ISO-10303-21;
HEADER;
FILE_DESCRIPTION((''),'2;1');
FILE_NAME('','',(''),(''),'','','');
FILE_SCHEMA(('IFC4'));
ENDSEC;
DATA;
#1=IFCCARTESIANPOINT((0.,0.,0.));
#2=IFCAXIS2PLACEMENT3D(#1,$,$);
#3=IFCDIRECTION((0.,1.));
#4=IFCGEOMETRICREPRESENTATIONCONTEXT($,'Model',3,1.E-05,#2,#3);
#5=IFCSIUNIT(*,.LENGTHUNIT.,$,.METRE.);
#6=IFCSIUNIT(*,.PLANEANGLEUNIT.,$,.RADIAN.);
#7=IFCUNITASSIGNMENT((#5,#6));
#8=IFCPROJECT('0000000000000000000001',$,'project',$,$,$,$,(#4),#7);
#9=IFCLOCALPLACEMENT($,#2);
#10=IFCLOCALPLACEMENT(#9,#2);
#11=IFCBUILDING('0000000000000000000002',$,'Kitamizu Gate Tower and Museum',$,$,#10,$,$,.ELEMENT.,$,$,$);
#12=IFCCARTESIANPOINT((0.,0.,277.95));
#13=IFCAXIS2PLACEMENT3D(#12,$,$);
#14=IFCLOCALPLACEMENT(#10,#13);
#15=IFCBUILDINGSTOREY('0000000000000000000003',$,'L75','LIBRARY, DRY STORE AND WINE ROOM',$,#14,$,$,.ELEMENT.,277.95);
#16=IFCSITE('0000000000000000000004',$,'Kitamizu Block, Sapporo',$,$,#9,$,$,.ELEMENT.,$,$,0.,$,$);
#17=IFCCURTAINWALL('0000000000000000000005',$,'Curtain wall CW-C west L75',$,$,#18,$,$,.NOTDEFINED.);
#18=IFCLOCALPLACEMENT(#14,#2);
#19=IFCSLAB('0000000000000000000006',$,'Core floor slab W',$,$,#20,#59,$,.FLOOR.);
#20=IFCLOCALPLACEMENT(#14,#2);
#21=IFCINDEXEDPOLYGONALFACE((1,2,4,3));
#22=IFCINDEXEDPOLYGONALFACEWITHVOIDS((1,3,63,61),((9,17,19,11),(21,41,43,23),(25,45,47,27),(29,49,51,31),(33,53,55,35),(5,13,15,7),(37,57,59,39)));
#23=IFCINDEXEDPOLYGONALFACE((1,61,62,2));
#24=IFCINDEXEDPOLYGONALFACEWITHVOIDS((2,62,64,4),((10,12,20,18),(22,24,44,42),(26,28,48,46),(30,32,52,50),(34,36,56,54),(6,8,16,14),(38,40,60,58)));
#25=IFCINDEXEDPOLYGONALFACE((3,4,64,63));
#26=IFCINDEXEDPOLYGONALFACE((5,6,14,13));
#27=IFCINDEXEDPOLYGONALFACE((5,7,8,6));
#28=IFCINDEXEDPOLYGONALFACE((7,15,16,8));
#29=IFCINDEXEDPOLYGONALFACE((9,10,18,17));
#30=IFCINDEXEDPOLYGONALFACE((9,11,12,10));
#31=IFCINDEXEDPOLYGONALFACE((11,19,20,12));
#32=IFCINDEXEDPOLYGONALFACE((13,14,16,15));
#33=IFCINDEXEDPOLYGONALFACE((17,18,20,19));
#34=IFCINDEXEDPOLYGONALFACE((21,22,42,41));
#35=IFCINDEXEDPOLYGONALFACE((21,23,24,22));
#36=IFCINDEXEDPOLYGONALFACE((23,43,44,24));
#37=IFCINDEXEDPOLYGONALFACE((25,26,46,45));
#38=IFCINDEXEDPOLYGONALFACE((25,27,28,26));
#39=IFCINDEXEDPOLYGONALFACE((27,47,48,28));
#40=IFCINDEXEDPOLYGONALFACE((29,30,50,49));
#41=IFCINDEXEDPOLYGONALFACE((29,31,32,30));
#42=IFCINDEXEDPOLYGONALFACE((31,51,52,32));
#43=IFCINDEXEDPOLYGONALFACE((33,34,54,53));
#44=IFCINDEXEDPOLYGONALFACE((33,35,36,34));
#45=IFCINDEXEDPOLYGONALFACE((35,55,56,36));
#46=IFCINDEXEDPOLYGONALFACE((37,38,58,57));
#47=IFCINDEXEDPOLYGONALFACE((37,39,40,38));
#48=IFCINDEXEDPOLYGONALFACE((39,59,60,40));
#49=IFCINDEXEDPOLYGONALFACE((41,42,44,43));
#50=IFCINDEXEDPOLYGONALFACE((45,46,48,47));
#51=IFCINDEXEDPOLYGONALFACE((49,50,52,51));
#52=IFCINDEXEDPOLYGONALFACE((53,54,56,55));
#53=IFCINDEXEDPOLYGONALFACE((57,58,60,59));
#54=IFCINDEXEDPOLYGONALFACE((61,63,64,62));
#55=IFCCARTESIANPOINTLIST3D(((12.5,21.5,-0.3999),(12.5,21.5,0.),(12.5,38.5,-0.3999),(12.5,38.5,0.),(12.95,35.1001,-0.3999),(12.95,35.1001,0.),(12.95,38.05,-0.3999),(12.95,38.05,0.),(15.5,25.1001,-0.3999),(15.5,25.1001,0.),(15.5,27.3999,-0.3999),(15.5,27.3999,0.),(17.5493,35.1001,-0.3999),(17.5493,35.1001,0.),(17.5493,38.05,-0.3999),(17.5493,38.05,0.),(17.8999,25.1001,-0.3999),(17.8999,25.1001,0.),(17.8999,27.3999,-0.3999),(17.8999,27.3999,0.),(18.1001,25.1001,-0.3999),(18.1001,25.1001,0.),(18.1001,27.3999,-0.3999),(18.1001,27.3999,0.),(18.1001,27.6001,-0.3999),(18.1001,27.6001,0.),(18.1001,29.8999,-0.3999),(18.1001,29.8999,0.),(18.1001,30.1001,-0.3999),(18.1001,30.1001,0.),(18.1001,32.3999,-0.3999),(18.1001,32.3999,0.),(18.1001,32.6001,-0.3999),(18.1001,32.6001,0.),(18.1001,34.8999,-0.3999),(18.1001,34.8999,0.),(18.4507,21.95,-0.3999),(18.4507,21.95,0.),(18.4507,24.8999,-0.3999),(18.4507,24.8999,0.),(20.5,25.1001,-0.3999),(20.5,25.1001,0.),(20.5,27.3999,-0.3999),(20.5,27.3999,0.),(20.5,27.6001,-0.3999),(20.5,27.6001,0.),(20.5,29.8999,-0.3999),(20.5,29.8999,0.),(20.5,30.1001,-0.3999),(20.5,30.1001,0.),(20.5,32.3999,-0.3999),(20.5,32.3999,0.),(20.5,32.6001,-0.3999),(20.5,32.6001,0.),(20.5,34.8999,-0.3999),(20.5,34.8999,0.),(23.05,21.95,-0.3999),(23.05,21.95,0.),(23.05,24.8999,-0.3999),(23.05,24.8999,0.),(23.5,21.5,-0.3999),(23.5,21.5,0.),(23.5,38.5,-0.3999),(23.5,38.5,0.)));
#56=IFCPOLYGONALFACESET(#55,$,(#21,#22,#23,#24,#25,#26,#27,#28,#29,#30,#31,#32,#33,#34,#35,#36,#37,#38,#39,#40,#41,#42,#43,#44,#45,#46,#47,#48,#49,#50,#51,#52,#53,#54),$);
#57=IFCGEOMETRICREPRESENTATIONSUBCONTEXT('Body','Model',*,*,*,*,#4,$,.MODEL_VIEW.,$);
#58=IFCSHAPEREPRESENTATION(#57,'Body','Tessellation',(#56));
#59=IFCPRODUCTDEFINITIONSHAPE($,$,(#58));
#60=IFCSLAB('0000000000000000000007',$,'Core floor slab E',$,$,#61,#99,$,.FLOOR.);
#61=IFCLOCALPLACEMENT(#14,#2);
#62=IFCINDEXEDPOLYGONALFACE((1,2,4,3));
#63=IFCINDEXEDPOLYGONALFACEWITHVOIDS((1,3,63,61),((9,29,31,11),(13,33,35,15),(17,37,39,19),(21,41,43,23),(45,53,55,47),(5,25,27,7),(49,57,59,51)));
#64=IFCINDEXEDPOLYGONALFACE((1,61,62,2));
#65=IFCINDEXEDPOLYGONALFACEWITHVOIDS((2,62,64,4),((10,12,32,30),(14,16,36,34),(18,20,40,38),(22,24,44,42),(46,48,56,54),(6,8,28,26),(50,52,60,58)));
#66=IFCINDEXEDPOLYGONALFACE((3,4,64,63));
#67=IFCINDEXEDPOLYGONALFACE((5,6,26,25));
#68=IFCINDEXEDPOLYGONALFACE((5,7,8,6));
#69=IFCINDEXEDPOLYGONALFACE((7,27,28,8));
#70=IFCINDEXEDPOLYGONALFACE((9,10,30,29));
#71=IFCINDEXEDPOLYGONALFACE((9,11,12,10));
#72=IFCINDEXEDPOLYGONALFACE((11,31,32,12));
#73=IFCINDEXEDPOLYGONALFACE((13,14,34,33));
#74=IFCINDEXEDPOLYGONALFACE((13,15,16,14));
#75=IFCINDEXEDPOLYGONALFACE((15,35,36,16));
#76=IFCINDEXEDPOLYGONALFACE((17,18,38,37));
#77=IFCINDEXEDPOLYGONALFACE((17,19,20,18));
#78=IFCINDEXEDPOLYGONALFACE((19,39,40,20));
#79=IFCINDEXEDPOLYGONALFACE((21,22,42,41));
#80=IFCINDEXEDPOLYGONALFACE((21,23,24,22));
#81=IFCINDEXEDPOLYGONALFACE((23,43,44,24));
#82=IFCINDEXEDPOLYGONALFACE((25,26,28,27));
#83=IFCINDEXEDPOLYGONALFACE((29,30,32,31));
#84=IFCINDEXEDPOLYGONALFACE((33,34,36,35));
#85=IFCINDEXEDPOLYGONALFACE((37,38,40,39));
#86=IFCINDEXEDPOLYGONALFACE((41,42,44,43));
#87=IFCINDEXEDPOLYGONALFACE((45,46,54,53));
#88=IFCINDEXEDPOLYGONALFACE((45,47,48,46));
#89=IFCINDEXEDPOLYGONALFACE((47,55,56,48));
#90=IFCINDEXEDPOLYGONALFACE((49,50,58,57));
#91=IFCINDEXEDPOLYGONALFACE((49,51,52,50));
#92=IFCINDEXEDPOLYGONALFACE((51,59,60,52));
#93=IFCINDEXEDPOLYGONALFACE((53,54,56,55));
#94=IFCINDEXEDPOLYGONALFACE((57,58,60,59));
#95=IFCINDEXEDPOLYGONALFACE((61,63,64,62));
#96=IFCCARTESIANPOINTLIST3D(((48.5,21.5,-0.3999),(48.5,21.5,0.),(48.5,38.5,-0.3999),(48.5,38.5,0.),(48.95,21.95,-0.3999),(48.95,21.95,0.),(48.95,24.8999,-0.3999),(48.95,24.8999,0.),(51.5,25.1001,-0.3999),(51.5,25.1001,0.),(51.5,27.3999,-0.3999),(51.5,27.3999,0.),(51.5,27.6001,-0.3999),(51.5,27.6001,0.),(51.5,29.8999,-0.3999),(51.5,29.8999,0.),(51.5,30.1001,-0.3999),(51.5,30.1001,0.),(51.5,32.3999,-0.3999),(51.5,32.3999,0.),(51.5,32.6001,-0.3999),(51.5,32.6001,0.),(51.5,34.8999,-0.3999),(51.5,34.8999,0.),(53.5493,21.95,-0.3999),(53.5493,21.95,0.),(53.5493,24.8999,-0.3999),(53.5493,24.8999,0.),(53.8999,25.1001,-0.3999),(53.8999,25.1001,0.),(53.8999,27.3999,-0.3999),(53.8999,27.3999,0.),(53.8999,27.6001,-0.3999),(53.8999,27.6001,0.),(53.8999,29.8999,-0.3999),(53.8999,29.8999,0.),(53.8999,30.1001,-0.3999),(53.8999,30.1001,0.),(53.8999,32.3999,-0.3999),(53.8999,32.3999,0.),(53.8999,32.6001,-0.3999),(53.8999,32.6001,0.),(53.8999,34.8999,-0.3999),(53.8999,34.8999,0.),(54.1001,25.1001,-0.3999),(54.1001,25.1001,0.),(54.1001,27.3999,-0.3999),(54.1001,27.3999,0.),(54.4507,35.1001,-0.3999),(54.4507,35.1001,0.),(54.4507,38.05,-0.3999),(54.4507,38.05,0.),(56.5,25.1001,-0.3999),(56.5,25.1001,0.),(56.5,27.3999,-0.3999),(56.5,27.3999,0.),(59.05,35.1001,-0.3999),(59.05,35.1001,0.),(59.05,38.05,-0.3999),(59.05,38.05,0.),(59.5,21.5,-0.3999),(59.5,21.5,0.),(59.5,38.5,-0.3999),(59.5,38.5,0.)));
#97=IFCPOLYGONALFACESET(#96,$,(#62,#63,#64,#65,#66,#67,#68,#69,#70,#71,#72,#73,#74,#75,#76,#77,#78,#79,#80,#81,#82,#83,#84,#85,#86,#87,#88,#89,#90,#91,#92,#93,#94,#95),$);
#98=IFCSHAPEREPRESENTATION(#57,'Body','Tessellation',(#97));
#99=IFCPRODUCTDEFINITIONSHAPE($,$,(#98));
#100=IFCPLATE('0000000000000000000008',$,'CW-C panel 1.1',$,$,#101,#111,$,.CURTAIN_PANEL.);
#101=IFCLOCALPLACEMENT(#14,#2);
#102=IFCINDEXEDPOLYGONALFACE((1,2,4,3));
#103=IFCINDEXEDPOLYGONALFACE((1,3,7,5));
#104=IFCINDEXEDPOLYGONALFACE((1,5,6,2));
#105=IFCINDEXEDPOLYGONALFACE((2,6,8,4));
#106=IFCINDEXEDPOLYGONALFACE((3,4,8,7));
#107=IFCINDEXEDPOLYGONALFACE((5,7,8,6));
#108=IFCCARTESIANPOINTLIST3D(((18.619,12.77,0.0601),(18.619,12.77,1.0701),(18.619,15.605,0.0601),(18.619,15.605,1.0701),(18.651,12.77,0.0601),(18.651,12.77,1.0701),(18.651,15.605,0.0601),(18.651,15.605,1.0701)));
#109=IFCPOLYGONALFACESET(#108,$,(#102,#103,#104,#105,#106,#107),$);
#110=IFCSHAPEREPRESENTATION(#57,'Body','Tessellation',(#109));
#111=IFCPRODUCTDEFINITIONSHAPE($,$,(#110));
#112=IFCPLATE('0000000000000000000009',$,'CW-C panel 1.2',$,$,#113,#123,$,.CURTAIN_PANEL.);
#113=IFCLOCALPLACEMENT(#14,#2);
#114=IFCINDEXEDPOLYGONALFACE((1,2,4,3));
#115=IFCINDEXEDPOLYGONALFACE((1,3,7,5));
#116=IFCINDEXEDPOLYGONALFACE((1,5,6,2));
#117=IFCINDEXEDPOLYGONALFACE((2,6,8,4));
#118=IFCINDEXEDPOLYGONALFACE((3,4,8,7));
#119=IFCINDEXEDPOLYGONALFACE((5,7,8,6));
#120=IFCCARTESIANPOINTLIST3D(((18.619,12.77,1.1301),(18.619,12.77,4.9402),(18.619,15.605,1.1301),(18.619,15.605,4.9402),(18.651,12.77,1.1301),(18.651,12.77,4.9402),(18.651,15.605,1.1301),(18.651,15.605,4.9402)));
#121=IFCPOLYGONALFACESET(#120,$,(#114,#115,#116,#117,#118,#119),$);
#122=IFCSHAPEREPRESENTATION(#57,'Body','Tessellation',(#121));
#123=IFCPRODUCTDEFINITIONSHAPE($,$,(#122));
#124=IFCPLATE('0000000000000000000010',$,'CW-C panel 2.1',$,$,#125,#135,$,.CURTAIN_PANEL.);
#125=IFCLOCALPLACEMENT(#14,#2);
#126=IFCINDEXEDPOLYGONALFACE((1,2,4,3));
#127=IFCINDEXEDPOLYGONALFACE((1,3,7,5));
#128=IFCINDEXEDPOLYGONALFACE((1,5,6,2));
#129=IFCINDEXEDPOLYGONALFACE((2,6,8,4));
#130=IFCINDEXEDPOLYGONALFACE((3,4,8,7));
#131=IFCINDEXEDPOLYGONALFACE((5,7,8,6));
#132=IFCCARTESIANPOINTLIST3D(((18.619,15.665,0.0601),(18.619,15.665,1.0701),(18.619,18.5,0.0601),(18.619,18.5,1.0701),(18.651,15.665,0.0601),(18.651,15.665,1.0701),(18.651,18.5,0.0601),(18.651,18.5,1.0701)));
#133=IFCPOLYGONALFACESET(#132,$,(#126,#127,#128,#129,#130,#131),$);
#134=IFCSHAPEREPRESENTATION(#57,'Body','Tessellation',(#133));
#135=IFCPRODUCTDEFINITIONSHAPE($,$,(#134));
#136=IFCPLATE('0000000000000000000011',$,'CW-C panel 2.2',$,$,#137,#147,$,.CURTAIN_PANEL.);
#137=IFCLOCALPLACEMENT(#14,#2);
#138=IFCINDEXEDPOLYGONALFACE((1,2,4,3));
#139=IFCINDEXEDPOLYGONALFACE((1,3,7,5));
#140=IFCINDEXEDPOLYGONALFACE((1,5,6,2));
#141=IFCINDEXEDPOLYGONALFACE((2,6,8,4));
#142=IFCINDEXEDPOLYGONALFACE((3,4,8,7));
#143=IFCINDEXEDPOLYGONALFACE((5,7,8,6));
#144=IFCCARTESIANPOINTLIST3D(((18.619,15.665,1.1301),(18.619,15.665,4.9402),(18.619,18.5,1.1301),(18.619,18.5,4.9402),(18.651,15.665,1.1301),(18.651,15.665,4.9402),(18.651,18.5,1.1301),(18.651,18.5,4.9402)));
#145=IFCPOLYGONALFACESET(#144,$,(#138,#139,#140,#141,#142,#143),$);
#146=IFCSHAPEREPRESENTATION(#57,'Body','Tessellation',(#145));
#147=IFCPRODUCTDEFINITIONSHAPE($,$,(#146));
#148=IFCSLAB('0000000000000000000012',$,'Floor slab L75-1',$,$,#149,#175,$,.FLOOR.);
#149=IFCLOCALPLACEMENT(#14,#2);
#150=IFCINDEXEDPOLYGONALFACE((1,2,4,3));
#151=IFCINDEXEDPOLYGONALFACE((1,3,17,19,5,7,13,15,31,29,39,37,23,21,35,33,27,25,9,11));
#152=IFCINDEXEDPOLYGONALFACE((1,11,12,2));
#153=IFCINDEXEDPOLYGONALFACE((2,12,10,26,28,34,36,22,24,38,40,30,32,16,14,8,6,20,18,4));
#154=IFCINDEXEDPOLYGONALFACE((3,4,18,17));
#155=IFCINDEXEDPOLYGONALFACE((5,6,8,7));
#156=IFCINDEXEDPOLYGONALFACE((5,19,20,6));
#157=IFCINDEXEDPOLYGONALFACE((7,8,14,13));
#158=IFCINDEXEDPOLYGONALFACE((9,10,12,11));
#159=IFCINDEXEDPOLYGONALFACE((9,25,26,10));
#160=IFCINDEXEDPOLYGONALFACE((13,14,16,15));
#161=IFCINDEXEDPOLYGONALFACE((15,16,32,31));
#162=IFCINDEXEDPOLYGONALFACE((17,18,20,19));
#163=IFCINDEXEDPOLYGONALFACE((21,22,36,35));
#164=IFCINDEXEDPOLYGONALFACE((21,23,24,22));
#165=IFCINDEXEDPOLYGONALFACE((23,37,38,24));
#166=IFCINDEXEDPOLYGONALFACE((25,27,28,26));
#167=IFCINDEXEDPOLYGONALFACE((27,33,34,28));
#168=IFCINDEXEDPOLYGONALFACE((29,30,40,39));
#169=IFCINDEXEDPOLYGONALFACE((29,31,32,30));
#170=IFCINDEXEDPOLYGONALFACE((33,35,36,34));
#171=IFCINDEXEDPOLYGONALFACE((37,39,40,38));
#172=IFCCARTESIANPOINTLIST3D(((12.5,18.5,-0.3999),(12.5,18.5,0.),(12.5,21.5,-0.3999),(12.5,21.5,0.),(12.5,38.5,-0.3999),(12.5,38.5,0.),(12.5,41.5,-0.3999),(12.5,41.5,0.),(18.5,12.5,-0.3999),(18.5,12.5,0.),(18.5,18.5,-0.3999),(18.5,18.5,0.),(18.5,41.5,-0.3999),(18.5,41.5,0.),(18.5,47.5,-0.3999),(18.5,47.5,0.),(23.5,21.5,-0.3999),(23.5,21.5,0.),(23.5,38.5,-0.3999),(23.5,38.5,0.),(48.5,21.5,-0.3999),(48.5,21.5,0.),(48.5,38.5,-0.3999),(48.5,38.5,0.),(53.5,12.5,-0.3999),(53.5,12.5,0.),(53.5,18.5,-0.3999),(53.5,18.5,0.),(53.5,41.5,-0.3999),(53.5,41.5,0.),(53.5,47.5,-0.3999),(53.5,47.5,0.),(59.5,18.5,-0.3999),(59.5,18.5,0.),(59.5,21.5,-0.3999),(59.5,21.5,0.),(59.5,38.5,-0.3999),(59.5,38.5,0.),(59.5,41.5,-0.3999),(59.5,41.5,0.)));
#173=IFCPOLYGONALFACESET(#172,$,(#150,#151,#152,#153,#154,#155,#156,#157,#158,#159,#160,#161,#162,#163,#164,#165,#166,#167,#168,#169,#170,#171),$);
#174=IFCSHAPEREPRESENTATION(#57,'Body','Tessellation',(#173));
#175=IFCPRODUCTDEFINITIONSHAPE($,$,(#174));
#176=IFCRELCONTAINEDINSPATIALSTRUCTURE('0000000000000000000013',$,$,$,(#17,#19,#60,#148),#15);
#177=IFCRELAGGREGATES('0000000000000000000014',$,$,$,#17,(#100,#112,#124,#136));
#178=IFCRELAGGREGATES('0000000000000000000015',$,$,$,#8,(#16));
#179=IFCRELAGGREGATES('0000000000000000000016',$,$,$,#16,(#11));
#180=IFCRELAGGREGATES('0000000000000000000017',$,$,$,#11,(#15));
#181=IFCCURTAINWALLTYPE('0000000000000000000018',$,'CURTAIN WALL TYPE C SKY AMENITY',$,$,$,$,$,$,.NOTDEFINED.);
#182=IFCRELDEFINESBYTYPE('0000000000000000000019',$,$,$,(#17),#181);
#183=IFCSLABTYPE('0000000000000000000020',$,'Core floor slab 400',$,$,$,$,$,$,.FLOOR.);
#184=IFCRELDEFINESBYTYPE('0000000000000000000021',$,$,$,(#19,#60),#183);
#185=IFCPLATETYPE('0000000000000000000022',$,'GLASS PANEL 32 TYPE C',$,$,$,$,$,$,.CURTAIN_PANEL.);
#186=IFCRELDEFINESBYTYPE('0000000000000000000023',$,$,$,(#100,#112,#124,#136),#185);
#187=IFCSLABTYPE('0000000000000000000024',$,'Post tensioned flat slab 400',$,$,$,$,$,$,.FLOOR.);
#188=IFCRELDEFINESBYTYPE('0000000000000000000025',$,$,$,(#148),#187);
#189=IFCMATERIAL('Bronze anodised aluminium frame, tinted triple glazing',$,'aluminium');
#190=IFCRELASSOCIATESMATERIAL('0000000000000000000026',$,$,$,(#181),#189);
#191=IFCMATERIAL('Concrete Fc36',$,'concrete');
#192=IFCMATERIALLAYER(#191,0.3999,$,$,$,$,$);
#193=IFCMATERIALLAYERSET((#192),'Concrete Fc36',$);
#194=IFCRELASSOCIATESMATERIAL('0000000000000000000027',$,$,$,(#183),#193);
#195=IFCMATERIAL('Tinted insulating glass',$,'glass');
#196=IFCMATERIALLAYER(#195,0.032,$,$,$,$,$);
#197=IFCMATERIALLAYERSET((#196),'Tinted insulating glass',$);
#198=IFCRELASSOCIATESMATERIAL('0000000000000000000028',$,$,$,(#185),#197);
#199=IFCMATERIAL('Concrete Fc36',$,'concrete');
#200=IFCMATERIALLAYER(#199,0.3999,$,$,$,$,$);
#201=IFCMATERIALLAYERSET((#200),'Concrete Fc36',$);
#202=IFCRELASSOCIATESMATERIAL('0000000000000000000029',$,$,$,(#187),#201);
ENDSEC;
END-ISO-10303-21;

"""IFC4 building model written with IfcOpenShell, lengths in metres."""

from ifc_helpers import new_model, si_unit, direction, frame, origin, origin_2d, place, context, subcontext, project, spatial, polyline, rectangle, outline, extrude, material, layer, layer_set, type_object, element, aggregate, save


model = new_model("IFC4")

# Units and contexts
model_context = context("Model", 3, precision=1e-05, world=origin(), true_north=direction((0.0, 1.0)))
body_context = subcontext(model_context, "Body", "Model", "MODEL_VIEW")
ifc_project = project(units=[si_unit("LENGTHUNIT", "METRE"), si_unit("PLANEANGLEUNIT", "RADIAN")], contexts=[model_context])

# Site, building, storey
site_placement = place(None, origin())
site = spatial("IfcSite", under=ifc_project, at=site_placement, Name="Kitamizu Block, Sapporo", CompositionType="ELEMENT", RefElevation=0.0)
building_placement = place(site_placement, origin())
building = spatial("IfcBuilding", under=site, at=building_placement, Name="Kitamizu Gate Tower and Museum", CompositionType="ELEMENT")
storey_placement = place(building_placement, frame((0.0, 0.0, 277.95)))
storey = spatial("IfcBuildingStorey", under=building, at=storey_placement, Name="L75", Description="LIBRARY, DRY STORE AND WINE ROOM", CompositionType="ELEMENT", Elevation=277.95)

# Shared definitions
ifc_material_1 = material(Name="Bronze anodised aluminium frame, tinted triple glazing", Category="aluminium")
curtain_wall_type = type_object("IfcCurtainWallType", Name="CURTAIN WALL TYPE C SKY AMENITY", PredefinedType="NOTDEFINED", material=ifc_material_1)

# Curtain wall
curtain_wall_1_placement = place(storey_placement, origin())
curtain_wall_1 = element("IfcCurtainWall", 1, at=curtain_wall_1_placement, inside=storey, type_object=curtain_wall_type, Name="Curtain wall CW-C west L75", PredefinedType="NOTDEFINED")

# Slabs
ifc_material_2 = material(Name="Concrete Fc36", Category="concrete")
ifc_layer_1 = layer(ifc_material_2, 0.3999)
ifc_layer_set_1 = layer_set([ifc_layer_1], Name="Concrete Fc36")
slab_type_1 = type_object("IfcSlabType", Name="Core floor slab 400", PredefinedType="FLOOR", material=ifc_layer_set_1)
slab_1_placement = place(storey_placement, frame((0.0, 0.0, -0.3999)))
element("IfcSlab", 2, at=slab_1_placement, inside=storey, type_object=slab_type_1, Name="Core floor slab W", PredefinedType="FLOOR", context=body_context, shape_type="SweptSolid", body=[
    extrude(outline(polyline([(12.5, 21.5), (23.5, 21.5), (23.5, 38.5), (12.5, 38.5), (12.5, 21.5)]), holes=[polyline([(15.5, 25.1001), (17.8999, 25.1001), (17.8999, 27.3999), (15.5, 27.3999), (15.5, 25.1001)]), polyline([(18.1001, 25.1001), (20.5, 25.1001), (20.5, 27.3999), (18.1001, 27.3999), (18.1001, 25.1001)]), polyline([(18.1001, 27.6001), (20.5, 27.6001), (20.5, 29.8999), (18.1001, 29.8999), (18.1001, 27.6001)]), polyline([(18.1001, 30.1001), (20.5, 30.1001), (20.5, 32.3999), (18.1001, 32.3999), (18.1001, 30.1001)]), polyline([(18.1001, 32.6001), (20.5, 32.6001), (20.5, 34.8999), (18.1001, 34.8999), (18.1001, 32.6001)]), polyline([(18.4507, 21.95), (23.05, 21.95), (23.05, 24.8999), (18.4507, 24.8999), (18.4507, 21.95)]), polyline([(12.95, 35.1001), (17.5493, 35.1001), (17.5493, 38.05), (12.95, 38.05), (12.95, 35.1001)])]), origin(), (0.0, 0.0, 1.0), 0.3999),
])
slab_2_placement = place(storey_placement, frame((0.0, 0.0, -0.3999)))
element("IfcSlab", 3, at=slab_2_placement, inside=storey, type_object=slab_type_1, Name="Core floor slab E", PredefinedType="FLOOR", context=body_context, shape_type="SweptSolid", body=[
    extrude(outline(polyline([(48.5, 21.5), (59.5, 21.5), (59.5, 38.5), (48.5, 38.5), (48.5, 21.5)]), holes=[polyline([(54.1001, 25.1001), (56.5, 25.1001), (56.5, 27.3999), (54.1001, 27.3999), (54.1001, 25.1001)]), polyline([(51.5, 25.1001), (53.8999, 25.1001), (53.8999, 27.3999), (51.5, 27.3999), (51.5, 25.1001)]), polyline([(51.5, 27.6001), (53.8999, 27.6001), (53.8999, 29.8999), (51.5, 29.8999), (51.5, 27.6001)]), polyline([(51.5, 30.1001), (53.8999, 30.1001), (53.8999, 32.3999), (51.5, 32.3999), (51.5, 30.1001)]), polyline([(51.5, 32.6001), (53.8999, 32.6001), (53.8999, 34.8999), (51.5, 34.8999), (51.5, 32.6001)]), polyline([(48.95, 21.95), (53.5493, 21.95), (53.5493, 24.8999), (48.95, 24.8999), (48.95, 21.95)]), polyline([(54.4507, 35.1001), (59.05, 35.1001), (59.05, 38.05), (54.4507, 38.05), (54.4507, 35.1001)])]), origin(), (0.0, 0.0, 1.0), 0.3999),
])

# Plates
ifc_material_3 = material(Name="Tinted insulating glass", Category="glass")
ifc_layer_2 = layer(ifc_material_3, 0.032)
ifc_layer_set_2 = layer_set([ifc_layer_2], Name="Tinted insulating glass")
plate_type = type_object("IfcPlateType", Name="GLASS PANEL 32 TYPE C", PredefinedType="CURTAIN_PANEL", material=ifc_layer_set_2)
plate_1_placement = place(storey_placement, frame((18.635, 14.1875, 0.0601), z_axis=(0.0, 0.0, 1.0), x_axis=(0.0, 1.0, 0.0)))
plate_1 = element("IfcPlate", 4, at=plate_1_placement, type_object=plate_type, Name="CW-C panel 1.1", PredefinedType="CURTAIN_PANEL", context=body_context, shape_type="SweptSolid", body=[
    extrude(rectangle(XDim=2.835, YDim=0.032, at=origin_2d()), origin(), (0.0, 0.0, 1.0), 1.01),
])
plate_2_placement = place(storey_placement, frame((18.635, 14.1875, 1.1301), z_axis=(0.0, 0.0, 1.0), x_axis=(0.0, 1.0, 0.0)))
plate_2 = element("IfcPlate", 5, at=plate_2_placement, type_object=plate_type, Name="CW-C panel 1.2", PredefinedType="CURTAIN_PANEL", context=body_context, shape_type="SweptSolid", body=[
    extrude(rectangle(XDim=2.835, YDim=0.032, at=origin_2d()), origin(), (0.0, 0.0, 1.0), 3.8101),
])
plate_3_placement = place(storey_placement, frame((18.635, 17.0825, 0.0601), z_axis=(0.0, 0.0, 1.0), x_axis=(0.0, 1.0, 0.0)))
plate_3 = element("IfcPlate", 6, at=plate_3_placement, type_object=plate_type, Name="CW-C panel 2.1", PredefinedType="CURTAIN_PANEL", context=body_context, shape_type="SweptSolid", body=[
    extrude(rectangle(XDim=2.835, YDim=0.032, at=origin_2d()), origin(), (0.0, 0.0, 1.0), 1.01),
])
plate_4_placement = place(storey_placement, frame((18.635, 17.0825, 1.1301), z_axis=(0.0, 0.0, 1.0), x_axis=(0.0, 1.0, 0.0)))
plate_4 = element("IfcPlate", 7, at=plate_4_placement, type_object=plate_type, Name="CW-C panel 2.2", PredefinedType="CURTAIN_PANEL", context=body_context, shape_type="SweptSolid", body=[
    extrude(rectangle(XDim=2.835, YDim=0.032, at=origin_2d()), origin(), (0.0, 0.0, 1.0), 3.8101),
])
aggregate(curtain_wall_1, [plate_1, plate_2, plate_3, plate_4])

# Slab
ifc_material_4 = material(Name="Concrete Fc36", Category="concrete")
ifc_layer_3 = layer(ifc_material_4, 0.3999)
ifc_layer_set_3 = layer_set([ifc_layer_3], Name="Concrete Fc36")
slab_type_2 = type_object("IfcSlabType", Name="Post tensioned flat slab 400", PredefinedType="FLOOR", material=ifc_layer_set_3)
slab_3_placement = place(storey_placement, frame((0.0, 0.0, -0.3999)))
element("IfcSlab", 8, at=slab_3_placement, inside=storey, type_object=slab_type_2, Name="Floor slab L75-1", PredefinedType="FLOOR", context=body_context, shape_type="SweptSolid", body=[
    extrude(outline(polyline([(12.5, 18.5), (12.5, 21.5), (23.5, 21.5), (23.5, 38.5), (12.5, 38.5), (12.5, 41.5), (18.5, 41.5), (18.5, 47.5), (53.5, 47.5), (53.5, 41.5), (59.5, 41.5), (59.5, 38.5), (48.5, 38.5), (48.5, 21.5), (59.5, 21.5), (59.5, 18.5), (53.5, 18.5), (53.5, 12.5), (18.5, 12.5), (18.5, 18.5), (12.5, 18.5)])), origin(), (0.0, 0.0, 1.0), 0.3999),
])

save(model, "model.ifc")
